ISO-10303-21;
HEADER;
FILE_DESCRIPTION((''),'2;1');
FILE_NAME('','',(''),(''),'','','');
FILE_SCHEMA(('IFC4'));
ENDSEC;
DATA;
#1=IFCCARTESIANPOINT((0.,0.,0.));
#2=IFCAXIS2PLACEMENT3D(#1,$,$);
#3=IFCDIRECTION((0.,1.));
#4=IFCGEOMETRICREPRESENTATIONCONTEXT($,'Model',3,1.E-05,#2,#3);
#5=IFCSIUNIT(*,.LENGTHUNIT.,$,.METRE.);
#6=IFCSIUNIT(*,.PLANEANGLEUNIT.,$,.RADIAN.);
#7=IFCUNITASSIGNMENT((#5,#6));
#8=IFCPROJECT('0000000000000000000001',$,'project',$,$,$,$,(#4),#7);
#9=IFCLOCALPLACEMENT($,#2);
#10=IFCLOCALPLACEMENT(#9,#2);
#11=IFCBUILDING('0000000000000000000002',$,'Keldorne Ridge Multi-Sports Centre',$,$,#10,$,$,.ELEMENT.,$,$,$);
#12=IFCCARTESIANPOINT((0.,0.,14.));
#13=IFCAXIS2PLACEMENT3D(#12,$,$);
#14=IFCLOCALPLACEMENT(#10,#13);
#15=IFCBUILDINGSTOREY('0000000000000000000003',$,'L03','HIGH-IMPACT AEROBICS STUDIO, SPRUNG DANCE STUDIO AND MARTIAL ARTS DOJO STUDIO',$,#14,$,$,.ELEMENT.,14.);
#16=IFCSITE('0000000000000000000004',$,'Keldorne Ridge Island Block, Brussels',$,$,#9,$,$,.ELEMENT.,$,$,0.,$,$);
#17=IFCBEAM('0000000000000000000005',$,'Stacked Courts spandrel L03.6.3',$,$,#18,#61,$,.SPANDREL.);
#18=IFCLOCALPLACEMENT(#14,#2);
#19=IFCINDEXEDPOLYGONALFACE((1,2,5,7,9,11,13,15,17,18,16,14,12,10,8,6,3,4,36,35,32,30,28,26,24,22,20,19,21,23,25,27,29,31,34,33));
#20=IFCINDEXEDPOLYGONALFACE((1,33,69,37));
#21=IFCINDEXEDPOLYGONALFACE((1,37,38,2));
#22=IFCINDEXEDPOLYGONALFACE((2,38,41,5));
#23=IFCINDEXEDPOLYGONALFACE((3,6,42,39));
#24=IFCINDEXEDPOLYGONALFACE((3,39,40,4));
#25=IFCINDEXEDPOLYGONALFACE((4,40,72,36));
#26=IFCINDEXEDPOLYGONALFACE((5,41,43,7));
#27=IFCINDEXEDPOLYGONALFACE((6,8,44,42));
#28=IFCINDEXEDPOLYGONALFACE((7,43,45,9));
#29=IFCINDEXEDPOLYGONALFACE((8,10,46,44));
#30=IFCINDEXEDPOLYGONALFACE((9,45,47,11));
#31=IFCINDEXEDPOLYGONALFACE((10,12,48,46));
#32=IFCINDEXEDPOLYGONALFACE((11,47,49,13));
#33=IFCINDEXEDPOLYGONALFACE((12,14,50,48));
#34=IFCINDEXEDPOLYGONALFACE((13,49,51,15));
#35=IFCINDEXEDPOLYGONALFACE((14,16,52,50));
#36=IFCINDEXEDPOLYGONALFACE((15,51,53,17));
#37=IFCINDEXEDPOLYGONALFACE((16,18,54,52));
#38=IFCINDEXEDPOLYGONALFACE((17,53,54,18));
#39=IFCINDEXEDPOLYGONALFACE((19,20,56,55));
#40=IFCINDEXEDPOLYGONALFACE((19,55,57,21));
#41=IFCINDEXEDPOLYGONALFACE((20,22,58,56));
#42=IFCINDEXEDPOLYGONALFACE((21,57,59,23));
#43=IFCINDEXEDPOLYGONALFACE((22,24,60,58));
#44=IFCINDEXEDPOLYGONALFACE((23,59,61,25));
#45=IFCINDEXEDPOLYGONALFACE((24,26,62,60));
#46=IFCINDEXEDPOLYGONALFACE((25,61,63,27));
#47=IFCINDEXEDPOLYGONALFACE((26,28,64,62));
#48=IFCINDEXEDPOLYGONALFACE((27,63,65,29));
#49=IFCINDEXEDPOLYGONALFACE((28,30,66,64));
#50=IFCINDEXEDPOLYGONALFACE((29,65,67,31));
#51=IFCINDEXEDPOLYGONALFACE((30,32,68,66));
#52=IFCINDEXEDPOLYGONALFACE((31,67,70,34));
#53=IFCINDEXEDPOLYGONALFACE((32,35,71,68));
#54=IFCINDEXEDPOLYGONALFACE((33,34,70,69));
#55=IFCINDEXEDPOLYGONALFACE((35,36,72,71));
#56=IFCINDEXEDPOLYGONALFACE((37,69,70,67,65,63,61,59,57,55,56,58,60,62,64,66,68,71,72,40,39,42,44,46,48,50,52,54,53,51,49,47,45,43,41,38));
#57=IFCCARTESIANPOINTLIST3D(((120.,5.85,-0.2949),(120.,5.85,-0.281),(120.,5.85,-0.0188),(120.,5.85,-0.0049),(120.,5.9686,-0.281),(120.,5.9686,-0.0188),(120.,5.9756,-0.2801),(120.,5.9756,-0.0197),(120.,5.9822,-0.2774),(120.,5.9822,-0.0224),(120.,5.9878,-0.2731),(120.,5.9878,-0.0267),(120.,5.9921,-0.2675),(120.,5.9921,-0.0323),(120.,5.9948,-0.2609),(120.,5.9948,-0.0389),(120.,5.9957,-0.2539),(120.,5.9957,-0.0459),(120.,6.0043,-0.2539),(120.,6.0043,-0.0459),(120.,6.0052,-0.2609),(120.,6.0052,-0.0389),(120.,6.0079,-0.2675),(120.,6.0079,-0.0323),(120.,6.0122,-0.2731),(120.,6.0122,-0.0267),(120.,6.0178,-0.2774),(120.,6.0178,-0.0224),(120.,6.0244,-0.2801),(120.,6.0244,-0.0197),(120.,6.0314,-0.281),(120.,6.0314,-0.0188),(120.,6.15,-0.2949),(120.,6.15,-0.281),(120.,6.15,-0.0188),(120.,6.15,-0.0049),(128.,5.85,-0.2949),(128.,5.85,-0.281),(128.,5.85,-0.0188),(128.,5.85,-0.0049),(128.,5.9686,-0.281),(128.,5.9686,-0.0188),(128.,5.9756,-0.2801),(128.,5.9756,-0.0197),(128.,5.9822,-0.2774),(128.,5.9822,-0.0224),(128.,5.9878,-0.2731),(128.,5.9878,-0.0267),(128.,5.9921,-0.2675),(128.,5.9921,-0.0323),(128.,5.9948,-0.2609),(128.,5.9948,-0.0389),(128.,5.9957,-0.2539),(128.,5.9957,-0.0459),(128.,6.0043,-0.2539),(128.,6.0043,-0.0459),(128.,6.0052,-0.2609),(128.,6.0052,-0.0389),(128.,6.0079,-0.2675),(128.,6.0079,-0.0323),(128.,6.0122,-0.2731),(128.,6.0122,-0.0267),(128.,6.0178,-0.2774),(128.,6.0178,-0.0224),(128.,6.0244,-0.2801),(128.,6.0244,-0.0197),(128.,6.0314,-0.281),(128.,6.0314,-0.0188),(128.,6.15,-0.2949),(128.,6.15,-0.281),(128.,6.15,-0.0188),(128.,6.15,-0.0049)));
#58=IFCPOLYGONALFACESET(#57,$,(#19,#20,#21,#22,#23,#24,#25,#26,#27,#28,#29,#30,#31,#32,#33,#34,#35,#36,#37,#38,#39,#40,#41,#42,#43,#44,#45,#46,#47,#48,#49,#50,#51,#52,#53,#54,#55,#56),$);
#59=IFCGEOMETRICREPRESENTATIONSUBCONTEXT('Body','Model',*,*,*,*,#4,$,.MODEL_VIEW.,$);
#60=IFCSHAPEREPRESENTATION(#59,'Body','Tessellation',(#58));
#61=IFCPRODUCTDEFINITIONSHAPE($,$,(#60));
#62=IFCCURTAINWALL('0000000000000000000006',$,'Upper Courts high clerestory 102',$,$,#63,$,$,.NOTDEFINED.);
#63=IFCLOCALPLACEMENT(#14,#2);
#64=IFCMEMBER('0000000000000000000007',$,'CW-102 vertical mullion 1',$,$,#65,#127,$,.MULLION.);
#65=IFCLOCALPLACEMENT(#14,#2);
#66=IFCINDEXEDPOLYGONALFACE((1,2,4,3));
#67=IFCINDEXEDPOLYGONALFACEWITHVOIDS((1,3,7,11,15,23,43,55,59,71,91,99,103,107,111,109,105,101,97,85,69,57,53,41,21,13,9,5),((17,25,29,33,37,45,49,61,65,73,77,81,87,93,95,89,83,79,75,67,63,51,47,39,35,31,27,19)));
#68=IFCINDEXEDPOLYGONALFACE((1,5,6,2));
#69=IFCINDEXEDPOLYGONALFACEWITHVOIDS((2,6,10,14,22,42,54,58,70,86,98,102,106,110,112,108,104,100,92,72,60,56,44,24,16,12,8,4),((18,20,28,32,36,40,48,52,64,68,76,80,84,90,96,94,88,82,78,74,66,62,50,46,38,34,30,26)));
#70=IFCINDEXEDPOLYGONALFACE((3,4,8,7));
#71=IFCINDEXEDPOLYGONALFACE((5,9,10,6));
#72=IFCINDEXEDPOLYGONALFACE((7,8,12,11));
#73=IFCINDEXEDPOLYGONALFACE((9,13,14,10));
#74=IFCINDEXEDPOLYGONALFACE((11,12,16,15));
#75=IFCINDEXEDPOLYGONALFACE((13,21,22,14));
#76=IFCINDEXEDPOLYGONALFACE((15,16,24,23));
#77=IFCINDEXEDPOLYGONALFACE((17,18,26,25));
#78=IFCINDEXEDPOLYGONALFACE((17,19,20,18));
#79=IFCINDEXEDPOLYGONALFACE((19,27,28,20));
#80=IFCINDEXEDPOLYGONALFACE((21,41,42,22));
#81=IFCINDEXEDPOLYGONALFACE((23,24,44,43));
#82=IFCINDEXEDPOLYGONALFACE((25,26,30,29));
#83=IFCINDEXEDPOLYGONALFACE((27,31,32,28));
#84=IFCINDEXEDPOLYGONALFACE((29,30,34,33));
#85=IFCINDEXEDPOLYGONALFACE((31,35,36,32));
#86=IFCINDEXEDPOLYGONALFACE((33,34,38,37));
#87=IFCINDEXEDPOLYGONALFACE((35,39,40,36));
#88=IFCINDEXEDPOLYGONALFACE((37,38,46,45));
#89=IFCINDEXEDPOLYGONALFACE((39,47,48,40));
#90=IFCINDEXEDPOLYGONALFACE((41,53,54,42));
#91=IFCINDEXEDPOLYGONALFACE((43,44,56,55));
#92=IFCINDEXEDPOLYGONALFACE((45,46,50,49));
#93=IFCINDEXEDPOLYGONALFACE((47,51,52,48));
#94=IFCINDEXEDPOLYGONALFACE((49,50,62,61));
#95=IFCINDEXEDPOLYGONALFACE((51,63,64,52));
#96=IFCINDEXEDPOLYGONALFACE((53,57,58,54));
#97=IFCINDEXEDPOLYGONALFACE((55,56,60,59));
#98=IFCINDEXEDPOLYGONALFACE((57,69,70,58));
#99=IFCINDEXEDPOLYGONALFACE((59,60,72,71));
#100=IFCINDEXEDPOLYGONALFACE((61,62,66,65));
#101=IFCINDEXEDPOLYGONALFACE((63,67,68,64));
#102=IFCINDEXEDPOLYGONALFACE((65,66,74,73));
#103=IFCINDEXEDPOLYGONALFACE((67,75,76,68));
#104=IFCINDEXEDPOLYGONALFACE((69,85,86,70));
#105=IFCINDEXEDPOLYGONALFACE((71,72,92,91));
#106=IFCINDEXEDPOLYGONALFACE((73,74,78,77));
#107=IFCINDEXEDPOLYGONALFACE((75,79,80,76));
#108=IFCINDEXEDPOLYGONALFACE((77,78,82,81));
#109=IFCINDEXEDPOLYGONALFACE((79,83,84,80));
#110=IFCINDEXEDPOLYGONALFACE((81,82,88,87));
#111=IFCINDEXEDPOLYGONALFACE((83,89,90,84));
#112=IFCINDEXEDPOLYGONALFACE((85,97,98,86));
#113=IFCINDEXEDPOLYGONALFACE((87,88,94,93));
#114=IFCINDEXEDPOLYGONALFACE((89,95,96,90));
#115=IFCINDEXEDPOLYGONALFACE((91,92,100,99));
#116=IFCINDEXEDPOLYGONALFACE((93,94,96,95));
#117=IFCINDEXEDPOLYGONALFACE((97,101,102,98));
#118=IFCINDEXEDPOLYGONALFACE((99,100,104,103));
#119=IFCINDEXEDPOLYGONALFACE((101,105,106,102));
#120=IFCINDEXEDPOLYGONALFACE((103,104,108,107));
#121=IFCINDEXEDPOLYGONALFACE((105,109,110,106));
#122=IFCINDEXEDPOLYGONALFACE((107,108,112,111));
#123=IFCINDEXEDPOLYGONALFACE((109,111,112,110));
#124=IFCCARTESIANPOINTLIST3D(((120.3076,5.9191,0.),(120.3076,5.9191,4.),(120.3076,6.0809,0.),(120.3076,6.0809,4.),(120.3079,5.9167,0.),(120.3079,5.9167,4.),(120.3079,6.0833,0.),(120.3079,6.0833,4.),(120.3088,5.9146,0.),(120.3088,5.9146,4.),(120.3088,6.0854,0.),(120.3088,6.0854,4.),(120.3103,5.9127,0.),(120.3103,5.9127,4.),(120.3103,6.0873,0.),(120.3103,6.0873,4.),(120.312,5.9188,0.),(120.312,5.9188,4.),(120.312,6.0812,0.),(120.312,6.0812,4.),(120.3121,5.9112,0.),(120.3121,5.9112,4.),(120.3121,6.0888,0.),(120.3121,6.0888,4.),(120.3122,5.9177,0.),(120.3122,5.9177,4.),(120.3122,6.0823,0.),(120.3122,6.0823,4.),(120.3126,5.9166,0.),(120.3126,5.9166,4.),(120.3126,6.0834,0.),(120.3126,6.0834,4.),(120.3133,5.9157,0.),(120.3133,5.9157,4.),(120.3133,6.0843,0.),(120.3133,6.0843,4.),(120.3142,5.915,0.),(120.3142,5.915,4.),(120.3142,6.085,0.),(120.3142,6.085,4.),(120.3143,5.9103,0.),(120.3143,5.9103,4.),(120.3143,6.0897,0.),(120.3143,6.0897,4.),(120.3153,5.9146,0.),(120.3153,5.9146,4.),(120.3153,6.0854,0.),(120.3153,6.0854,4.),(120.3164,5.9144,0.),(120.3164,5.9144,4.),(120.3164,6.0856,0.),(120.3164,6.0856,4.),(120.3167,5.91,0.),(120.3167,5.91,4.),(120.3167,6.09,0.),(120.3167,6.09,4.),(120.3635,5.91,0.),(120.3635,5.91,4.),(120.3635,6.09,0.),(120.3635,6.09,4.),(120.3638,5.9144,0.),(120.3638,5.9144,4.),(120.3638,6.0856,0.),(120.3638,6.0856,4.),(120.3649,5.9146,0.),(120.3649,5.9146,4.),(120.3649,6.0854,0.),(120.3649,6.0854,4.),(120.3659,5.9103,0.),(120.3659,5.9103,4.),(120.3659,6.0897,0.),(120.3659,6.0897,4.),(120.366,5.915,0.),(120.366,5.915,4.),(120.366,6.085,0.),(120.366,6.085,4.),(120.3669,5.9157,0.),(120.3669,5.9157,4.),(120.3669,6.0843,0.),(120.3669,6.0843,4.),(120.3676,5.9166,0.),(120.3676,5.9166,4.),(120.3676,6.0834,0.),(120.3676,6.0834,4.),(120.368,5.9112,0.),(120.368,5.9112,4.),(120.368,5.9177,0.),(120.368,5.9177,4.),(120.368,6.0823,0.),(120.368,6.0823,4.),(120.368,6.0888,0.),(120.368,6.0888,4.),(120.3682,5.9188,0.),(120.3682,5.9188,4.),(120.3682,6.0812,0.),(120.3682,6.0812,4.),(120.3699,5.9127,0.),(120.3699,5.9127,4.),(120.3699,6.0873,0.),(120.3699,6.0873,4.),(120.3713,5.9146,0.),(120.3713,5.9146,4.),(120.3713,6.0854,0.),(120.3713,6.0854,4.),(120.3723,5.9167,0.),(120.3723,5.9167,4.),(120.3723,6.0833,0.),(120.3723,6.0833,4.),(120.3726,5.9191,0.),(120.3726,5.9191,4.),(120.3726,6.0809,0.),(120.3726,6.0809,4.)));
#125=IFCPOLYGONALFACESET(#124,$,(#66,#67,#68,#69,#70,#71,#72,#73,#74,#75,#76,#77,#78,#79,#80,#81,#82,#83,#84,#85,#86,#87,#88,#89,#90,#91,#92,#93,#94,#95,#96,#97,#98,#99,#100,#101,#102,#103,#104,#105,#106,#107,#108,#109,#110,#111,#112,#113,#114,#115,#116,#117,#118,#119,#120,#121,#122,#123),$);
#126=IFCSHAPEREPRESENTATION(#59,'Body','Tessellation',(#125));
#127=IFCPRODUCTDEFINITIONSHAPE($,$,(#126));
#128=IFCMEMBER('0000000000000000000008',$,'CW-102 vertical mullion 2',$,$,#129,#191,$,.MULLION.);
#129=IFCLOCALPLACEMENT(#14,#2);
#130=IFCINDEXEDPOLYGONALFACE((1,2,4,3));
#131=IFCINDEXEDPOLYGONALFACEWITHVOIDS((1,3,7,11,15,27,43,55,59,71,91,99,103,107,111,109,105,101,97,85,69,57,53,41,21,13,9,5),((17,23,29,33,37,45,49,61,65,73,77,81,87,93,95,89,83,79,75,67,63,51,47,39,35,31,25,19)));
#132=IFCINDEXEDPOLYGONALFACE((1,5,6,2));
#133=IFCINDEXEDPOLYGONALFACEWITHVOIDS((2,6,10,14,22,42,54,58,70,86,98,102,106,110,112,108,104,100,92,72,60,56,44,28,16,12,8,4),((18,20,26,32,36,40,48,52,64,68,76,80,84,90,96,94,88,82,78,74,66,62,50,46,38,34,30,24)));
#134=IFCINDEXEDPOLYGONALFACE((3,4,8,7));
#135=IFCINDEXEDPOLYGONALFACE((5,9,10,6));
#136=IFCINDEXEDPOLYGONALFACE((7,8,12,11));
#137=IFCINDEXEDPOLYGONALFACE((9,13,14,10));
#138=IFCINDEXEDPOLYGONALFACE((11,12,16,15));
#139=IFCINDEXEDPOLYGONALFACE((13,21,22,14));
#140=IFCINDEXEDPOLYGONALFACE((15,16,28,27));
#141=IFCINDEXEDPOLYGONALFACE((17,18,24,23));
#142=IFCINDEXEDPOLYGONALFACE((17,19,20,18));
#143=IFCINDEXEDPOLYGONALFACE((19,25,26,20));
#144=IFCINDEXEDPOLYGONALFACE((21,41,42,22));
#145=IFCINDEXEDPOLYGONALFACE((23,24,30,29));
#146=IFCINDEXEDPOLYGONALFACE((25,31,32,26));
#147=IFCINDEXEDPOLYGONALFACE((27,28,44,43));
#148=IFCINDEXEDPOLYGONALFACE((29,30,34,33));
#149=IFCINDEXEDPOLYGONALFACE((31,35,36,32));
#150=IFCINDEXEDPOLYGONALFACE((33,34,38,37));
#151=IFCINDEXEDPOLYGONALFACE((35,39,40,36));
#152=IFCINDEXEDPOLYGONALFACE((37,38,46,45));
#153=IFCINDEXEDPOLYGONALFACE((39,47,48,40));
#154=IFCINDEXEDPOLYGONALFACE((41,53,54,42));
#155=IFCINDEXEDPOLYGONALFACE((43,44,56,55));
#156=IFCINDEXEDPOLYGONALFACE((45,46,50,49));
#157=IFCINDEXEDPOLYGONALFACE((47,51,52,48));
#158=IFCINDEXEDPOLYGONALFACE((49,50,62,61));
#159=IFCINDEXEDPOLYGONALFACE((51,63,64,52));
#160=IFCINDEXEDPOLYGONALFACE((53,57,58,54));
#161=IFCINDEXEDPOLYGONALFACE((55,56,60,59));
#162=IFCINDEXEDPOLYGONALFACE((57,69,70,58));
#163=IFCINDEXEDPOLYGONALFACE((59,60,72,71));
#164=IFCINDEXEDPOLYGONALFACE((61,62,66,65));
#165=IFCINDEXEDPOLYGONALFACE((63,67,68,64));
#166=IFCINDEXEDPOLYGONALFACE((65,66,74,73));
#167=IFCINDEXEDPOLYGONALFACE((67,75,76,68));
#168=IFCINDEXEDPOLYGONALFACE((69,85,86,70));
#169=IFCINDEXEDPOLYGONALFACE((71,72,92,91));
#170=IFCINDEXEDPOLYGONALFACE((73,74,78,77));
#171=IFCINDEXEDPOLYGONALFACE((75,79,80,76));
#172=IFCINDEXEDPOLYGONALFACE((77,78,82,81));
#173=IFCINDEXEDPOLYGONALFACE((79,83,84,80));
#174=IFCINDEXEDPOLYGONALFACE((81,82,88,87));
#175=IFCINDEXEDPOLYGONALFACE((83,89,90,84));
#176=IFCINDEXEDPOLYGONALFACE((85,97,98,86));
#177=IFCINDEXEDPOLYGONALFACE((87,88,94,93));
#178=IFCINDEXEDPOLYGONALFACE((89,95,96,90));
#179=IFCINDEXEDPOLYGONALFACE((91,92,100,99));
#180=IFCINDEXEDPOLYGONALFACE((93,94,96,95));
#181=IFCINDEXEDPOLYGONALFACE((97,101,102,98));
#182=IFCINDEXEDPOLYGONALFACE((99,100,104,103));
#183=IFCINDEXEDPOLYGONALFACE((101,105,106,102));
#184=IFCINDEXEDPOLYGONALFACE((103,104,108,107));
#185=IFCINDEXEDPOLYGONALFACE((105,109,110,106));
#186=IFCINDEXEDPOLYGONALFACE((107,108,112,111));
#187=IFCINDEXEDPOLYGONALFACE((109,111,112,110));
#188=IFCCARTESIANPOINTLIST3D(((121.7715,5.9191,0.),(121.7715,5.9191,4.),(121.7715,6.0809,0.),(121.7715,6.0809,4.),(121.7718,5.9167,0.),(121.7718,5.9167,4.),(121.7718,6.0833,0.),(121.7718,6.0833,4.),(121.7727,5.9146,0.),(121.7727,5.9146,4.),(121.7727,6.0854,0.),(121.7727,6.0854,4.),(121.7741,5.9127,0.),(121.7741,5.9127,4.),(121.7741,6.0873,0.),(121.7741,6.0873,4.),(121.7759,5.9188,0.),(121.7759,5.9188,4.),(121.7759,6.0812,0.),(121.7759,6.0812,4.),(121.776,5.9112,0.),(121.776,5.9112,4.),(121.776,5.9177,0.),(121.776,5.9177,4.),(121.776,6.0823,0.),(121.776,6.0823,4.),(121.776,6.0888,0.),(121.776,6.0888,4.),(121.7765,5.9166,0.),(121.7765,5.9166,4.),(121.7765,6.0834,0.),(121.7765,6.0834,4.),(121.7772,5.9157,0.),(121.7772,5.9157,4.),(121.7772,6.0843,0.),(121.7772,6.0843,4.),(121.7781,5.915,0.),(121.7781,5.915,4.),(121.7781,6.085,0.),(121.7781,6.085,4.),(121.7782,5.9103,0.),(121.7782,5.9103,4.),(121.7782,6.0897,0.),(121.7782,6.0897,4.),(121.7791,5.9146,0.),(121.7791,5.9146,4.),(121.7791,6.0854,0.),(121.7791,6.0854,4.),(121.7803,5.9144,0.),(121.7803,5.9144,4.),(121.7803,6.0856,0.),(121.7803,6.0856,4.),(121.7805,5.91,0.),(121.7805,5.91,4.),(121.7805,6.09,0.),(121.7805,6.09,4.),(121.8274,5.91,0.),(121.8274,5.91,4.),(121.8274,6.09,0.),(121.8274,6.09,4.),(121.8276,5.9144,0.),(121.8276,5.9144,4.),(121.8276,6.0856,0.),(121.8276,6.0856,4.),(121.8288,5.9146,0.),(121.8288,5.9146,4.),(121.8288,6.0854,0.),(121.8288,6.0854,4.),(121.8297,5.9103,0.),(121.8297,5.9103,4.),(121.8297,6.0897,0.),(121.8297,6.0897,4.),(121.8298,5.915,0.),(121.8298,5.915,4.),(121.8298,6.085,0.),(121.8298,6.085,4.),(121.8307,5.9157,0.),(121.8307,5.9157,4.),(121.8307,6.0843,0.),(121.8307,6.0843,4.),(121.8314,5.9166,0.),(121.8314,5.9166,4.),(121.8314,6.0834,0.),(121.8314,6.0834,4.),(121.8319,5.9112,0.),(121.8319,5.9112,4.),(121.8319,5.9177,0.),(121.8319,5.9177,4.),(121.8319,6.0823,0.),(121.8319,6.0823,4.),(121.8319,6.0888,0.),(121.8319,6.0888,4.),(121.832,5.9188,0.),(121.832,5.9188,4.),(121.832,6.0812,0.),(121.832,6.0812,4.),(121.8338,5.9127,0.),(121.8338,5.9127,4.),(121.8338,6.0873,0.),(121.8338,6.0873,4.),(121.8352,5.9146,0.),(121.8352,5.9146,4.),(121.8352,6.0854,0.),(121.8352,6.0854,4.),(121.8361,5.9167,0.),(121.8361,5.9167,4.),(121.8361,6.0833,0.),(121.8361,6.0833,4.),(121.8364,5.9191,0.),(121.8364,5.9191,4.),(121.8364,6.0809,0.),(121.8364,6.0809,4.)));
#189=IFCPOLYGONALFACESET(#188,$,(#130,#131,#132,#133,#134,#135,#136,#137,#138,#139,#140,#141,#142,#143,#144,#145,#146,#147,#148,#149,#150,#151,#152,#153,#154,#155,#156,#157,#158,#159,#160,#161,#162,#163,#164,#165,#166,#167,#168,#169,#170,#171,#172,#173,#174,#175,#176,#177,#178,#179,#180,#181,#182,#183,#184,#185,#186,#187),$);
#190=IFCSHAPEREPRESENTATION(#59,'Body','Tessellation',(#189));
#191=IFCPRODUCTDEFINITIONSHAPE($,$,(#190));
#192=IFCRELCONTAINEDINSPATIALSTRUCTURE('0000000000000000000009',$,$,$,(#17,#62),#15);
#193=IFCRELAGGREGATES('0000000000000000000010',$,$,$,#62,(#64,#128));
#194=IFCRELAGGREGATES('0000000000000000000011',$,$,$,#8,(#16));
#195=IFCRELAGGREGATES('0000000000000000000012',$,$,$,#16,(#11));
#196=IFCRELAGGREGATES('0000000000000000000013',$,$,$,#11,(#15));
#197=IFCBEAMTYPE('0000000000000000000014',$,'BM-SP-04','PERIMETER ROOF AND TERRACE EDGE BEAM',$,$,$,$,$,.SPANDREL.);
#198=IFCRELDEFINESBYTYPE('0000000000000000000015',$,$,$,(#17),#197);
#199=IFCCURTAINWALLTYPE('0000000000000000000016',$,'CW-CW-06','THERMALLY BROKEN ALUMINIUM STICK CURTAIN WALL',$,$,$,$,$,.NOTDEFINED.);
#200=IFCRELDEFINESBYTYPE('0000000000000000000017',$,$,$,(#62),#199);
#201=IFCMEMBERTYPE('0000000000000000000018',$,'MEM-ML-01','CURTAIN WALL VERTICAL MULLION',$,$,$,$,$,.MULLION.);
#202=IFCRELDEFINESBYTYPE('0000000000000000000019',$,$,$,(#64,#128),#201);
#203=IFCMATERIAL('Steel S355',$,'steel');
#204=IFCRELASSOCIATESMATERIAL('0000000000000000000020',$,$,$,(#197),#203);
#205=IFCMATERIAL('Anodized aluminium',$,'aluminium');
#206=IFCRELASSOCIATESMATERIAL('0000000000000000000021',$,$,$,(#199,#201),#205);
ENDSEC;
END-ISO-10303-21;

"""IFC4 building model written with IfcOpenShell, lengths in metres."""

from ifc_helpers import new_model, si_unit, direction, frame, origin, origin_2d, place, context, subcontext, project, spatial, hollow_rectangle, i_section, extrude, material, material_profile, profile_set, type_object, element, aggregate, save


model = new_model("IFC4")

# Units and contexts
model_context = context("Model", 3, precision=1e-05, world=origin(), true_north=direction((0.0, 1.0)))
body_context = subcontext(model_context, "Body", "Model", "MODEL_VIEW")
ifc_project = project(units=[si_unit("LENGTHUNIT", "METRE"), si_unit("PLANEANGLEUNIT", "RADIAN")], contexts=[model_context])

# Site, building, storey
site_placement = place(None, origin())
site = spatial("IfcSite", under=ifc_project, at=site_placement, Name="Keldorne Ridge Island Block, Brussels", CompositionType="ELEMENT", RefElevation=0.0)
building_placement = place(site_placement, origin())
building = spatial("IfcBuilding", under=site, at=building_placement, Name="Keldorne Ridge Multi-Sports Centre", CompositionType="ELEMENT")
storey_placement = place(building_placement, frame((0.0, 0.0, 14.0)))
storey = spatial("IfcBuildingStorey", under=building, at=storey_placement, Name="L03", Description="HIGH-IMPACT AEROBICS STUDIO, SPRUNG DANCE STUDIO AND MARTIAL ARTS DOJO STUDIO", CompositionType="ELEMENT", Elevation=14.0)

# Beam
ifc_material_1 = material(Name="Steel S355", Category="steel")
ifc_material_profile_1 = material_profile(ifc_material_1, i_section(OverallWidth=0.3, OverallDepth=0.29, WebThickness=0.0085, FlangeThickness=0.0139, FilletRadius=0.0271, at=origin_2d()), Name="HEA 300")
ifc_profile_set_1 = profile_set([ifc_material_profile_1], Name="Steel S355")
beam_type = type_object("IfcBeamType", Name="BM-SP-04", Description="PERIMETER ROOF AND TERRACE EDGE BEAM", PredefinedType="SPANDREL", material=ifc_profile_set_1)
beam_placement = place(storey_placement, frame((120.0, 6.0, -0.1499), z_axis=(1.0, 0.0, 0.0), x_axis=(0.0, 1.0, 0.0)))
element("IfcBeam", 1, at=beam_placement, inside=storey, type_object=beam_type, Name="Stacked Courts spandrel L03.6.3", PredefinedType="SPANDREL", context=body_context, shape_type="SweptSolid", body=[
    extrude(i_section(OverallWidth=0.3, OverallDepth=0.29, WebThickness=0.0085, FlangeThickness=0.0139, FilletRadius=0.0271, at=origin_2d()), origin(), (0.0, 0.0, 1.0), 8.0),
])

# Curtain wall, members
ifc_material_2 = material(Name="Anodized aluminium", Category="aluminium")
curtain_wall_type = type_object("IfcCurtainWallType", Name="CW-CW-06", Description="THERMALLY BROKEN ALUMINIUM STICK CURTAIN WALL", PredefinedType="NOTDEFINED", material=ifc_material_2)
curtain_wall_placement = place(storey_placement, origin())
curtain_wall = element("IfcCurtainWall", 2, at=curtain_wall_placement, inside=storey, type_object=curtain_wall_type, Name="Upper Courts high clerestory 102", PredefinedType="NOTDEFINED")
ifc_material_profile_2 = material_profile(ifc_material_2, hollow_rectangle(XDim=0.0649, YDim=0.1799, WallThickness=0.0044, InnerFilletRadius=0.0044, OuterFilletRadius=0.009, at=origin_2d()), Name="ALU MULLION 180x65x4.5")
ifc_profile_set_2 = profile_set([ifc_material_profile_2], Name="Anodized aluminium")
member_type_1 = type_object("IfcMemberType", Name="MEM-ML-01", Description="CURTAIN WALL VERTICAL MULLION", PredefinedType="MULLION", material=ifc_profile_set_2)
member_1_placement = place(storey_placement, frame((120.3401, 6.0, 0.0), z_axis=(0.0, 0.0, 1.0), x_axis=(1.0, 0.0, 0.0)))
member_1 = element("IfcMember", 3, at=member_1_placement, type_object=member_type_1, Name="CW-102 vertical mullion 1", PredefinedType="MULLION", context=body_context, shape_type="SweptSolid", body=[
    extrude(hollow_rectangle(XDim=0.0649, YDim=0.1799, WallThickness=0.0044, InnerFilletRadius=0.0044, OuterFilletRadius=0.009, at=origin_2d()), origin(), (0.0, 0.0, 1.0), 4.0),
])
member_2_placement = place(storey_placement, frame((121.804, 6.0, 0.0), z_axis=(0.0, 0.0, 1.0), x_axis=(1.0, 0.0, 0.0)))
member_2 = element("IfcMember", 4, at=member_2_placement, type_object=member_type_1, Name="CW-102 vertical mullion 2", PredefinedType="MULLION", context=body_context, shape_type="SweptSolid", body=[
    extrude(hollow_rectangle(XDim=0.0649, YDim=0.1799, WallThickness=0.0044, InnerFilletRadius=0.0044, OuterFilletRadius=0.009, at=origin_2d()), origin(), (0.0, 0.0, 1.0), 4.0),
])
aggregate(curtain_wall, [member_1, member_2])

save(model, "model.ifc")
